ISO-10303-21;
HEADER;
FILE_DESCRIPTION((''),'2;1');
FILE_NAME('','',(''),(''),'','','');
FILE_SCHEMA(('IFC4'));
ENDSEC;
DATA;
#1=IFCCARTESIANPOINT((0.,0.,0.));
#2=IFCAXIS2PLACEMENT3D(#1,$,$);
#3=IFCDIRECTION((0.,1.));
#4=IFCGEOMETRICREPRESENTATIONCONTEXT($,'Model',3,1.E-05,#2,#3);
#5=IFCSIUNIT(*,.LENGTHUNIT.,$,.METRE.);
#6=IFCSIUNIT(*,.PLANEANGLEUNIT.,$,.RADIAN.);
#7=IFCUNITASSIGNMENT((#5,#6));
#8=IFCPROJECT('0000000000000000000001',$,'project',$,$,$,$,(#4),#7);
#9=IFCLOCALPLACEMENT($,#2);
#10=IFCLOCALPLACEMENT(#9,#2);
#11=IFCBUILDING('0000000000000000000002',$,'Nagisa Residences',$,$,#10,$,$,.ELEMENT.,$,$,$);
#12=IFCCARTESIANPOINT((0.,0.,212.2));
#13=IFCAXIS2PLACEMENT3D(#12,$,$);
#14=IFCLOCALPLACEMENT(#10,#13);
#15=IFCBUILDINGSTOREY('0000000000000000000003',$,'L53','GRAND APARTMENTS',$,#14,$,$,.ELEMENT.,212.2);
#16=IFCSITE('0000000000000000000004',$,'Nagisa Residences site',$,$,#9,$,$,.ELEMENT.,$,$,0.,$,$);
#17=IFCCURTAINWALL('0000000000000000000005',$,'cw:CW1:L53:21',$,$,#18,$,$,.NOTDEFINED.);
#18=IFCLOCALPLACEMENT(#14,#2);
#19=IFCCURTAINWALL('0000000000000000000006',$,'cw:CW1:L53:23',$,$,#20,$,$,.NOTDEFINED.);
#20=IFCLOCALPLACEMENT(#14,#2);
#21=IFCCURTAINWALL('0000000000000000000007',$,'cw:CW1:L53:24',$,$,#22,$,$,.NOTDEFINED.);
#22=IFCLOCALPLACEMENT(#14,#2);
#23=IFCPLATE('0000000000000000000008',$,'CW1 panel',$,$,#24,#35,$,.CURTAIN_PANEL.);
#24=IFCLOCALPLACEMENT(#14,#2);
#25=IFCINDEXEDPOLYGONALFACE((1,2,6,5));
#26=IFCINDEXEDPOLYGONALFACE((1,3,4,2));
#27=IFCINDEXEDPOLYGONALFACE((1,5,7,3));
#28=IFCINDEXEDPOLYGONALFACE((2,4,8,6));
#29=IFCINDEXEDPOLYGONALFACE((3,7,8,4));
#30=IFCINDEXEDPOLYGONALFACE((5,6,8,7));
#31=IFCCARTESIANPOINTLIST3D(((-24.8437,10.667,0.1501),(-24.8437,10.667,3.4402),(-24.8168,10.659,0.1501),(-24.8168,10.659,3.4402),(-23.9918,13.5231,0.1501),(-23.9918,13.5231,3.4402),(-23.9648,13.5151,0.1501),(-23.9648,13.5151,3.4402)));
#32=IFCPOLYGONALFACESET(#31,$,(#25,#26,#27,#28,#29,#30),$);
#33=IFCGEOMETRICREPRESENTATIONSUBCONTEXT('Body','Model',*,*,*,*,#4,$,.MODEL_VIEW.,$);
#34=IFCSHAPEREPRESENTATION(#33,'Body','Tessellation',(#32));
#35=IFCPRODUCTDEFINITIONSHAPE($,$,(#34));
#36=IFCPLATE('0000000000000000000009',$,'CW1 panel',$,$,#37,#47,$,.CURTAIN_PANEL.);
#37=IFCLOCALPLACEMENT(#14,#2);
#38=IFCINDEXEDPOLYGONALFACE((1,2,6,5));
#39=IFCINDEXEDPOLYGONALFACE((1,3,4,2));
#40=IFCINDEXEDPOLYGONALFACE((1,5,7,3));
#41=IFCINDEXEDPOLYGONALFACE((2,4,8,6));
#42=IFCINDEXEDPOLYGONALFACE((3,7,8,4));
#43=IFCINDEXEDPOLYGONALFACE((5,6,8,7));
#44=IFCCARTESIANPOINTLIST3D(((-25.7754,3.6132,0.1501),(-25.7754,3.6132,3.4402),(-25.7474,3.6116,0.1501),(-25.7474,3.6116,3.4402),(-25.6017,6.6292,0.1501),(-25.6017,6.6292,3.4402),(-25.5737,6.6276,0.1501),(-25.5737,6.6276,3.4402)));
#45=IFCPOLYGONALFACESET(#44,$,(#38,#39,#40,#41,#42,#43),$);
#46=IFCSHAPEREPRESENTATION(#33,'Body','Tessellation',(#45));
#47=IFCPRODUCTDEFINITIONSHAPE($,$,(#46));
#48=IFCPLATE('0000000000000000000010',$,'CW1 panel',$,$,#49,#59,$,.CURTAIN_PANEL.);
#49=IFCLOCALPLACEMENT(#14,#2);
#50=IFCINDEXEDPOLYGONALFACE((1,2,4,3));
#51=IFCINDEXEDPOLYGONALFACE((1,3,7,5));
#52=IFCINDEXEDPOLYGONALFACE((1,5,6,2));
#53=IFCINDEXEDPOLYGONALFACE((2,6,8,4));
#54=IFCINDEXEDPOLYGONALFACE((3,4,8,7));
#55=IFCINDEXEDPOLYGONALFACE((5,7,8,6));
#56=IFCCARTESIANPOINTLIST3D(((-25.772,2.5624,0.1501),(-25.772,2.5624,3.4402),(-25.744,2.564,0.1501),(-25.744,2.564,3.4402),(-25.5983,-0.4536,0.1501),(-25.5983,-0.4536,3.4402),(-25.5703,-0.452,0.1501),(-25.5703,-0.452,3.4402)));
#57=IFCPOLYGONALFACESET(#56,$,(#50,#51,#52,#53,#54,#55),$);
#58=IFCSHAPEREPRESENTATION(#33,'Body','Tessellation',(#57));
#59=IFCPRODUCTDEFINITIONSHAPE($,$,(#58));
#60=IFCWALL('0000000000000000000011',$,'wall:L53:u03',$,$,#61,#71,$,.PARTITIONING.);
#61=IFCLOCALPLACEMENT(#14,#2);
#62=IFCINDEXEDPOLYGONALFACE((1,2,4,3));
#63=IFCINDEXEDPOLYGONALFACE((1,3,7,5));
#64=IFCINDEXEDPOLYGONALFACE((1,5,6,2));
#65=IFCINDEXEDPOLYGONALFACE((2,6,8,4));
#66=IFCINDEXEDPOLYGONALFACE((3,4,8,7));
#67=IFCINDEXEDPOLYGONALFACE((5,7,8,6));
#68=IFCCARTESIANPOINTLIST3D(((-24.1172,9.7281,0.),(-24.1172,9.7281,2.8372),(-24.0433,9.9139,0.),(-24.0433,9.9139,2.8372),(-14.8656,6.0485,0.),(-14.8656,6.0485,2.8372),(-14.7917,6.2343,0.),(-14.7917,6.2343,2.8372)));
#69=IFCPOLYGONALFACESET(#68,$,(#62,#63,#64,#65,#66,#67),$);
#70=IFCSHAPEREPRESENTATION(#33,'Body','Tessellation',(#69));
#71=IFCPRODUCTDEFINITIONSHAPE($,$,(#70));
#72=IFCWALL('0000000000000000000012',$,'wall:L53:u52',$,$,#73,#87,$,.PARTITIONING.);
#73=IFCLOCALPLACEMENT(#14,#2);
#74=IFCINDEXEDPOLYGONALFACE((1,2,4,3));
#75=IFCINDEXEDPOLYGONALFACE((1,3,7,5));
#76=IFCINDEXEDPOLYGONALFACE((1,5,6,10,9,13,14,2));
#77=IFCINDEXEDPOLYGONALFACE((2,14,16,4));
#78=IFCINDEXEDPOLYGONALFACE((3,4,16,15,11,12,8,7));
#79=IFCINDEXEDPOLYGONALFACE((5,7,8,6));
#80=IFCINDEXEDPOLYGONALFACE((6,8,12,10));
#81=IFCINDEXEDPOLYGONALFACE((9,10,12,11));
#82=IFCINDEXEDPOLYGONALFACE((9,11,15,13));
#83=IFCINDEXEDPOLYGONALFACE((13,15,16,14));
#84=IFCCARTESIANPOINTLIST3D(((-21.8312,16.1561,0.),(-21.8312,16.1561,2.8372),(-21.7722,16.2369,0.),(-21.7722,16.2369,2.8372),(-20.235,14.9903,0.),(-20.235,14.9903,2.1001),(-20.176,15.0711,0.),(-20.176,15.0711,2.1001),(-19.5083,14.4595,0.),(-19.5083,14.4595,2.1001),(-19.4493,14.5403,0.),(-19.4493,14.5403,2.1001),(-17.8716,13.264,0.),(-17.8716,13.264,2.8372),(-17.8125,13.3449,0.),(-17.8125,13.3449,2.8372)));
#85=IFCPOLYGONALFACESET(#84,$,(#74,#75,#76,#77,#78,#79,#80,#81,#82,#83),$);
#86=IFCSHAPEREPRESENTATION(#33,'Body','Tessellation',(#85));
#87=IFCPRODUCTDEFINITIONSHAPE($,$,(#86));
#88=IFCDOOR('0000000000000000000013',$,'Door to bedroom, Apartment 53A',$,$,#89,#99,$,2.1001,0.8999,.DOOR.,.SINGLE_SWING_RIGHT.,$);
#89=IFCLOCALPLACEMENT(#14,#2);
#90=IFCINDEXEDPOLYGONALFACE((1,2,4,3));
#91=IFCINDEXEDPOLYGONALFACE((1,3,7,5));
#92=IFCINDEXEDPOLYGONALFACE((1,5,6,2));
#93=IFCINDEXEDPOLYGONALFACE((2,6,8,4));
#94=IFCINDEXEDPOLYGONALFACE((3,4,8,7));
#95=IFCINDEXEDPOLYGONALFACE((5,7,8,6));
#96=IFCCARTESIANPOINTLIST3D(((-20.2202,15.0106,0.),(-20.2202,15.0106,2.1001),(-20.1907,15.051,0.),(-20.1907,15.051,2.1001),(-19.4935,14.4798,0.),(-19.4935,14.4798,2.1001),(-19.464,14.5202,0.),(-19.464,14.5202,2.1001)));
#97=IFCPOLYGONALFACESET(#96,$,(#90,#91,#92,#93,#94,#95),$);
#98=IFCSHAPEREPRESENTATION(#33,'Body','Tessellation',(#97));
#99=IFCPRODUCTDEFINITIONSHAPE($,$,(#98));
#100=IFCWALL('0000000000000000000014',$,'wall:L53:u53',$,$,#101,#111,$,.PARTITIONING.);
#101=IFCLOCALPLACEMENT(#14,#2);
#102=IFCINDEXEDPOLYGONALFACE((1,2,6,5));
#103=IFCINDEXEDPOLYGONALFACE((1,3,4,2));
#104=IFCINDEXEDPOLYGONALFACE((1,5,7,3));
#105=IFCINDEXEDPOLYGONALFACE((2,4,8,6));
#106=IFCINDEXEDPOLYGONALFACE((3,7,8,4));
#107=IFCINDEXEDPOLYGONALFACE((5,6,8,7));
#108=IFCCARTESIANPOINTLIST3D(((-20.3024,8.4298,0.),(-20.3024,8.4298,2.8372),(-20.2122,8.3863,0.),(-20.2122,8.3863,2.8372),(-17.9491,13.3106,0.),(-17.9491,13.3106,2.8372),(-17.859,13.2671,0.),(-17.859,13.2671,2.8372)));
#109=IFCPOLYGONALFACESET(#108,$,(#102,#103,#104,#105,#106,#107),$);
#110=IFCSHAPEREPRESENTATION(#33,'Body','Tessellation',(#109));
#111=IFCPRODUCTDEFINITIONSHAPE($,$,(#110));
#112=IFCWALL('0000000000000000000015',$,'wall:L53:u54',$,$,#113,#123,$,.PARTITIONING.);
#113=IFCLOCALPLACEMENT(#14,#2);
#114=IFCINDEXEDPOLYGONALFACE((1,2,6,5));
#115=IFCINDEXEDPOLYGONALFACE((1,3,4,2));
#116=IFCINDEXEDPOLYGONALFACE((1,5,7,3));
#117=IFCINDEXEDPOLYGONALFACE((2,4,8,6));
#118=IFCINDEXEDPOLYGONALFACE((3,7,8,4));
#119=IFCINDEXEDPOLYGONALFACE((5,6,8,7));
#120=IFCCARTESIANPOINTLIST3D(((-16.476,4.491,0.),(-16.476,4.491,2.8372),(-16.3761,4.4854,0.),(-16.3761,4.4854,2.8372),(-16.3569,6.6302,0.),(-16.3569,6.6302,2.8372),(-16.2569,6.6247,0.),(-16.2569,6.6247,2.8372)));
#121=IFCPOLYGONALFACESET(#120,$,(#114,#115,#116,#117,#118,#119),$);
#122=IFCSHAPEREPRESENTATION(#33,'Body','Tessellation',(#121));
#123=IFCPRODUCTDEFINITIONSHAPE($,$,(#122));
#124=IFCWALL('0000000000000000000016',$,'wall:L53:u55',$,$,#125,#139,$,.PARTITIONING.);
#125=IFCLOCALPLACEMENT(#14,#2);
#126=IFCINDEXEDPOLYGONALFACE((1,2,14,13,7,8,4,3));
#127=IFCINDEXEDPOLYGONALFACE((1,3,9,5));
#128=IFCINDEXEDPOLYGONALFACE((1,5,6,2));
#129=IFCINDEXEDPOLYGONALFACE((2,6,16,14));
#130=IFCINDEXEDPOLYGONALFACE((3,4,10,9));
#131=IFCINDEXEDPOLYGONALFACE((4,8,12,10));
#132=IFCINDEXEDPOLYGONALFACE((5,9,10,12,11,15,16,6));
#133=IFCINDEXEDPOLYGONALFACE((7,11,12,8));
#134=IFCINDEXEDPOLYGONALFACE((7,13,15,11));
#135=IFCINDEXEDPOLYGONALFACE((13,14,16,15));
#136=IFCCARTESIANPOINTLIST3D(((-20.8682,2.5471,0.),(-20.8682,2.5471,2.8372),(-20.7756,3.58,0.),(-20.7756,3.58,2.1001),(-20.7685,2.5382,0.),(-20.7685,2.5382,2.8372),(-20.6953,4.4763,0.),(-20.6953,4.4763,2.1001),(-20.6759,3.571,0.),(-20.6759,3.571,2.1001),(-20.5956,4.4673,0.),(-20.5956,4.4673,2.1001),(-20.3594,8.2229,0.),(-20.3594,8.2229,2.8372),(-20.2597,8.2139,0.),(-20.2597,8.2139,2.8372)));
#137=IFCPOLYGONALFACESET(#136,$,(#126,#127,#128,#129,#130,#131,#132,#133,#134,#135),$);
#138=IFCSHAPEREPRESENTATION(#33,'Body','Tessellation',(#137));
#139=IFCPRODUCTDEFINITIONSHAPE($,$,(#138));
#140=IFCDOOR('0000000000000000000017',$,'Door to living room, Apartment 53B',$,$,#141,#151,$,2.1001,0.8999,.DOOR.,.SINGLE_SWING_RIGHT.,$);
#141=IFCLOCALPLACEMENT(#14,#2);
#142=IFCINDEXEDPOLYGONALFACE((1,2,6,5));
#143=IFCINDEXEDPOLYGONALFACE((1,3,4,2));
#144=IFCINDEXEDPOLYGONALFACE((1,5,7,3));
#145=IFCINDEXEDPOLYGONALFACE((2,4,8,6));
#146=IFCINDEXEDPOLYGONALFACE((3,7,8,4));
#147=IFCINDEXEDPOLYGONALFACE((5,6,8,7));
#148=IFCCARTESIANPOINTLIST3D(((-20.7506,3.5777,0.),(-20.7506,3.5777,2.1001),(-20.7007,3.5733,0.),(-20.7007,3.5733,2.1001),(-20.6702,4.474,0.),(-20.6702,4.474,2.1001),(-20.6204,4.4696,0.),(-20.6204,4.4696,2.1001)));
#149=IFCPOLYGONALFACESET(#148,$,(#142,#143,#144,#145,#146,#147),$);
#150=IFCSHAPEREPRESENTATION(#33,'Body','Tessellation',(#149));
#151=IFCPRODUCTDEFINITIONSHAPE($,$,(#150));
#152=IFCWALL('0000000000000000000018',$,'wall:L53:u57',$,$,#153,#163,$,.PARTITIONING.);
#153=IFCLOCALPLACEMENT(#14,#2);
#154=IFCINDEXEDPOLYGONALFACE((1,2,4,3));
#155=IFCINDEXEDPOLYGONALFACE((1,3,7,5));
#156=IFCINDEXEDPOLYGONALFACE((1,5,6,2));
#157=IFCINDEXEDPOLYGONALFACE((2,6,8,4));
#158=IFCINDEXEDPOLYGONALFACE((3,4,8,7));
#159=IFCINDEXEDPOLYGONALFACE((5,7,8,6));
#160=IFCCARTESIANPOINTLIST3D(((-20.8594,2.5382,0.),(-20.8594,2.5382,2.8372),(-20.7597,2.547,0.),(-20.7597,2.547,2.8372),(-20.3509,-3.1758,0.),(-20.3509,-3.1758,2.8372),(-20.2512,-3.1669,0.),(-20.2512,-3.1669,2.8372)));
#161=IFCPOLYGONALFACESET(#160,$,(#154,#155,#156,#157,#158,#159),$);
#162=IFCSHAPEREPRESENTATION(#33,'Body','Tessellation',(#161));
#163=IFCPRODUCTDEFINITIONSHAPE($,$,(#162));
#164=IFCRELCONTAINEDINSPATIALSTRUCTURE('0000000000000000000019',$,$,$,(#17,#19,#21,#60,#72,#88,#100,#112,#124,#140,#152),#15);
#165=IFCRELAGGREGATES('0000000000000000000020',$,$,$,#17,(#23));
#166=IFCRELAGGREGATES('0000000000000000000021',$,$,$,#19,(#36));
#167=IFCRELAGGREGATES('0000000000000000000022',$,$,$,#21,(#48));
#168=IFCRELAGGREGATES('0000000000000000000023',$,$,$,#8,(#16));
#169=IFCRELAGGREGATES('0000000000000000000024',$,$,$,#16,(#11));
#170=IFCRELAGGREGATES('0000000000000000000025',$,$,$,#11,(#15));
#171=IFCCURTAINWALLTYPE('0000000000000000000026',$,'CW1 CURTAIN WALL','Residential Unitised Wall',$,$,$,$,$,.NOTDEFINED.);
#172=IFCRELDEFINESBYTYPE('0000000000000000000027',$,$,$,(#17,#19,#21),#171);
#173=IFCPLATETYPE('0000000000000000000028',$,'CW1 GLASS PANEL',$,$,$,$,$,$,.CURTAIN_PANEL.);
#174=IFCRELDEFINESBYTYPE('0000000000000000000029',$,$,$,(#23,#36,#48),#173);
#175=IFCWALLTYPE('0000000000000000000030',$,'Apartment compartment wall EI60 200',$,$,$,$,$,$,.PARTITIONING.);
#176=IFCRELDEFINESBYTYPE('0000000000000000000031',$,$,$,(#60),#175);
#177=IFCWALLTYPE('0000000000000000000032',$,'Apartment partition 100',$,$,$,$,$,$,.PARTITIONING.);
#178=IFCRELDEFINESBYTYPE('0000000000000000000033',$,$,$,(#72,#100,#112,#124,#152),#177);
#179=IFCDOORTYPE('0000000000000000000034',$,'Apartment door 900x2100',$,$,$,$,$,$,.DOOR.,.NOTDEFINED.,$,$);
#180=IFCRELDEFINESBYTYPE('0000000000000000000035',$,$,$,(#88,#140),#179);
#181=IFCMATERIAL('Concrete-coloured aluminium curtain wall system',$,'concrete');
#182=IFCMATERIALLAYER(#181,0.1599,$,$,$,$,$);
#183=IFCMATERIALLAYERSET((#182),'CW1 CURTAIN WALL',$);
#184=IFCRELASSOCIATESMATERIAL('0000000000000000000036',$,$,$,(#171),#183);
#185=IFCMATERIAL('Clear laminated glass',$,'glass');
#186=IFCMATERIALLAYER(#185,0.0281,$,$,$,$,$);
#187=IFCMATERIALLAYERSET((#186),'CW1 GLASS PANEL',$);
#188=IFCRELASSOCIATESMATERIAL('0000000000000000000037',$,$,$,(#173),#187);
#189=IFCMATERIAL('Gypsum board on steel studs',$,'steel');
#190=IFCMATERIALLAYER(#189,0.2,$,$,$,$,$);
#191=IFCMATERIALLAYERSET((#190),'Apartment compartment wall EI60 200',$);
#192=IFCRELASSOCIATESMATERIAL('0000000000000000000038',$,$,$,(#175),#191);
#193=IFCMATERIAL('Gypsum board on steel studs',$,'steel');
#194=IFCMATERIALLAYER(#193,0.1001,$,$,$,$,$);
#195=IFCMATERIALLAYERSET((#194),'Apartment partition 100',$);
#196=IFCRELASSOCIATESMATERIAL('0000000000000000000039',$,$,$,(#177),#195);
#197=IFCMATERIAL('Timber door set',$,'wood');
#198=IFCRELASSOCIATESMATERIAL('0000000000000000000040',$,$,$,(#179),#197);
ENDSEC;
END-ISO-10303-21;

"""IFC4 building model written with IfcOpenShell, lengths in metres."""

from ifc_helpers import new_model, si_unit, direction, frame, frame_2d, origin, origin_2d, place, context, subcontext, project, spatial, rectangle, extrude, material, layer, layer_set, type_object, element, fill, aggregate, save


model = new_model("IFC4")

# Units and contexts
model_context = context("Model", 3, precision=1e-05, world=origin(), true_north=direction((0.0, 1.0)))
body_context = subcontext(model_context, "Body", "Model", "MODEL_VIEW")
ifc_project = project(units=[si_unit("LENGTHUNIT", "METRE"), si_unit("PLANEANGLEUNIT", "RADIAN")], contexts=[model_context])

# Site, building, storey
site_placement = place(None, origin())
site = spatial("IfcSite", under=ifc_project, at=site_placement, Name="Nagisa Residences site", CompositionType="ELEMENT", RefElevation=0.0)
building_placement = place(site_placement, origin())
building = spatial("IfcBuilding", under=site, at=building_placement, Name="Nagisa Residences", CompositionType="ELEMENT")
storey_placement = place(building_placement, frame((0.0, 0.0, 212.2)))
storey = spatial("IfcBuildingStorey", under=building, at=storey_placement, Name="L53", Description="GRAND APARTMENTS", CompositionType="ELEMENT", Elevation=212.2)

# Curtain walls
ifc_material_1 = material(Name="Concrete-coloured aluminium curtain wall system", Category="concrete")
ifc_layer_1 = layer(ifc_material_1, 0.1599)
ifc_layer_set_1 = layer_set([ifc_layer_1], Name="CW1 CURTAIN WALL")
curtain_wall_type = type_object("IfcCurtainWallType", Name="CW1 CURTAIN WALL", Description="Residential Unitised Wall", PredefinedType="NOTDEFINED", material=ifc_layer_set_1)
curtain_wall_1_placement = place(storey_placement, origin())
curtain_wall_1 = element("IfcCurtainWall", 1, at=curtain_wall_1_placement, inside=storey, type_object=curtain_wall_type, Name="cw:CW1:L53:21", PredefinedType="NOTDEFINED")
curtain_wall_2_placement = place(storey_placement, origin())
curtain_wall_2 = element("IfcCurtainWall", 2, at=curtain_wall_2_placement, inside=storey, type_object=curtain_wall_type, Name="cw:CW1:L53:23", PredefinedType="NOTDEFINED")
curtain_wall_3_placement = place(storey_placement, origin())
curtain_wall_3 = element("IfcCurtainWall", 3, at=curtain_wall_3_placement, inside=storey, type_object=curtain_wall_type, Name="cw:CW1:L53:24", PredefinedType="NOTDEFINED")

# Plates
ifc_material_2 = material(Name="Clear laminated glass", Category="glass")
ifc_layer_2 = layer(ifc_material_2, 0.0281)
ifc_layer_set_2 = layer_set([ifc_layer_2], Name="CW1 GLASS PANEL")
plate_type = type_object("IfcPlateType", Name="CW1 GLASS PANEL", PredefinedType="CURTAIN_PANEL", material=ifc_layer_set_2)
plate_1_placement = place(storey_placement, frame((-24.4043, 12.0911, 0.1501), z_axis=(0.0, 0.0, 1.0), x_axis=(-0.28586, -0.958271, 0.0)))
plate_1 = element("IfcPlate", 4, at=plate_1_placement, type_object=plate_type, Name="CW1 panel", PredefinedType="CURTAIN_PANEL", context=body_context, shape_type="SweptSolid", body=[
    extrude(rectangle(XDim=2.9805, YDim=0.0281, at=origin_2d()), origin(), (0.0, 0.0, 1.0), 3.29),
])
aggregate(curtain_wall_1, [plate_1])
plate_2_placement = place(storey_placement, frame((-25.6746, 5.1204, 0.1501), z_axis=(0.0, 0.0, 1.0), x_axis=(-0.057503, -0.998345, 0.0)))
plate_2 = element("IfcPlate", 5, at=plate_2_placement, type_object=plate_type, Name="CW1 panel", PredefinedType="CURTAIN_PANEL", context=body_context, shape_type="SweptSolid", body=[
    extrude(rectangle(XDim=3.021, YDim=0.0281, at=origin_2d()), origin(), (0.0, 0.0, 1.0), 3.29),
])
aggregate(curtain_wall_2, [plate_2])
plate_3_placement = place(storey_placement, frame((-25.6711, 1.0552, 0.1501), z_axis=(0.0, 0.0, 1.0), x_axis=(0.057503, -0.998345, 0.0)))
plate_3 = element("IfcPlate", 6, at=plate_3_placement, type_object=plate_type, Name="CW1 panel", PredefinedType="CURTAIN_PANEL", context=body_context, shape_type="SweptSolid", body=[
    extrude(rectangle(XDim=3.021, YDim=0.0281, at=origin_2d()), origin(), (0.0, 0.0, 1.0), 3.29),
])
aggregate(curtain_wall_3, [plate_3])

# Wall
ifc_material_3 = material(Name="Gypsum board on steel studs", Category="steel")
ifc_layer_3 = layer(ifc_material_3, 0.2)
ifc_layer_set_3 = layer_set([ifc_layer_3], Name="Apartment compartment wall EI60 200")
wall_type_1 = type_object("IfcWallType", Name="Apartment compartment wall EI60 200", PredefinedType="PARTITIONING", material=ifc_layer_set_3)
wall_1_placement = place(storey_placement, frame((-14.8286, 6.1414, 0.0), z_axis=(0.0, 0.0, 1.0), x_axis=(-0.929202, 0.369572, 0.0)))
element("IfcWall", 7, at=wall_1_placement, inside=storey, type_object=wall_type_1, Name="wall:L53:u03", PredefinedType="PARTITIONING", context=body_context, shape_type="SweptSolid", body=[
    extrude(rectangle(XDim=9.9565, YDim=0.2, at=frame_2d((4.9783, 0.0))), origin(), (0.0, 0.0, 1.0), 2.8372),
])

# Wall, opening, door
ifc_material_4 = material(Name="Gypsum board on steel studs", Category="steel")
ifc_layer_4 = layer(ifc_material_4, 0.1001)
ifc_layer_set_4 = layer_set([ifc_layer_4], Name="Apartment partition 100")
wall_type_2 = type_object("IfcWallType", Name="Apartment partition 100", PredefinedType="PARTITIONING", material=ifc_layer_set_4)
wall_2_placement = place(storey_placement, frame((-17.842, 13.3044, 0.0), z_axis=(0.0, 0.0, 1.0), x_axis=(-0.807542, 0.589811, 0.0)))
wall_2 = element("IfcWall", 8, at=wall_2_placement, inside=storey, type_object=wall_type_2, Name="wall:L53:u52", PredefinedType="PARTITIONING", context=body_context, shape_type="SweptSolid", body=[
    extrude(rectangle(XDim=4.9033, YDim=0.1001, at=frame_2d((2.4517, 0.0))), origin(), (0.0, 0.0, 1.0), 2.8372),
])
opening_1_placement = place(wall_2_placement, frame((2.0269, 0.0, 0.0)))
opening_1 = element("IfcOpeningElement", 9, at=opening_1_placement, cuts=wall_2, PredefinedType="OPENING", context=body_context, shape_type="SweptSolid", body=[
    extrude(rectangle(XDim=0.8999, YDim=2.1001, at=frame_2d((0.45, 1.05))), frame((0.0, 0.0601, 0.0), z_axis=(0.0, -1.0, 0.0), x_axis=(1.0, 0.0, 0.0)), (0.0, 0.0, 1.0), 0.1201),
])
ifc_material_5 = material(Name="Timber door set", Category="wood")
door_type_1 = type_object("IfcDoorType", Name="Apartment door 900x2100", OperationType="NOTDEFINED", PredefinedType="DOOR", material=ifc_material_5)
door_1_placement = place(opening_1_placement, origin())
door_1 = element("IfcDoor", 10, at=door_1_placement, inside=storey, type_object=door_type_1, Name="Door to bedroom, Apartment 53A", OperationType="SINGLE_SWING_RIGHT", OverallHeight=2.1001, OverallWidth=0.8999, PredefinedType="DOOR", context=body_context, shape_type="SweptSolid", body=[
    extrude(rectangle(XDim=0.8999, YDim=2.1001, at=frame_2d((0.45, 1.05))), frame((0.0, 0.0249, 0.0), z_axis=(0.0, -1.0, 0.0), x_axis=(1.0, 0.0, 0.0)), (0.0, 0.0, 1.0), 0.05),
])
fill(opening_1, door_1)

# Walls
wall_3_placement = place(storey_placement, frame((-17.9041, 13.2888, 0.0), z_axis=(0.0, 0.0, 1.0), x_axis=(-0.434299, -0.900769, 0.0)))
element("IfcWall", 11, at=wall_3_placement, inside=storey, type_object=wall_type_2, Name="wall:L53:u53", PredefinedType="PARTITIONING", context=body_context, shape_type="SweptSolid", body=[
    extrude(rectangle(XDim=5.4185, YDim=0.1001, at=frame_2d((2.7092, 0.0))), origin(), (0.0, 0.0, 1.0), 2.8372),
])
wall_4_placement = place(storey_placement, frame((-16.3069, 6.6274, 0.0), z_axis=(0.0, 0.0, 1.0), x_axis=(-0.055609, -0.998453, 0.0)))
element("IfcWall", 12, at=wall_4_placement, inside=storey, type_object=wall_type_2, Name="wall:L53:u54", PredefinedType="PARTITIONING", context=body_context, shape_type="SweptSolid", body=[
    extrude(rectangle(XDim=2.1426, YDim=0.1001, at=frame_2d((1.0713, 0.0))), origin(), (0.0, 0.0, 1.0), 2.8372),
])

# Wall, opening, door
wall_5_placement = place(storey_placement, frame((-20.3096, 8.2183, 0.0), z_axis=(0.0, 0.0, 1.0), x_axis=(-0.089284, -0.996006, 0.0)))
wall_5 = element("IfcWall", 13, at=wall_5_placement, inside=storey, type_object=wall_type_2, Name="wall:L53:u55", PredefinedType="PARTITIONING", context=body_context, shape_type="SweptSolid", body=[
    extrude(rectangle(XDim=5.6985, YDim=0.1001, at=frame_2d((2.8491, 0.0))), origin(), (0.0, 0.0, 1.0), 2.8372),
])
opening_2_placement = place(wall_5_placement, frame((3.7615, 0.0, 0.0)))
opening_2 = element("IfcOpeningElement", 14, at=opening_2_placement, cuts=wall_5, PredefinedType="OPENING", context=body_context, shape_type="SweptSolid", body=[
    extrude(rectangle(XDim=0.8999, YDim=2.1001, at=frame_2d((0.45, 1.05))), frame((0.0, 0.0601, 0.0), z_axis=(0.0, -1.0, 0.0), x_axis=(1.0, 0.0, 0.0)), (0.0, 0.0, 1.0), 0.1201),
])
door_2_placement = place(opening_2_placement, frame((0.8999, 0.0, 0.0), x_axis=(-1.0, 0.0, 0.0)))
door_2 = element("IfcDoor", 15, at=door_2_placement, inside=storey, type_object=door_type_1, Name="Door to living room, Apartment 53B", OperationType="SINGLE_SWING_RIGHT", OverallHeight=2.1001, OverallWidth=0.8999, PredefinedType="DOOR", context=body_context, shape_type="SweptSolid", body=[
    extrude(rectangle(XDim=0.8999, YDim=2.1001, at=frame_2d((0.45, 1.05))), frame((0.0, 0.0249, 0.0), z_axis=(0.0, -1.0, 0.0), x_axis=(1.0, 0.0, 0.0)), (0.0, 0.0, 1.0), 0.05),
])
fill(opening_2, door_2)

# Wall
wall_6_placement = place(storey_placement, frame((-20.8096, 2.5425, 0.0), z_axis=(0.0, 0.0, 1.0), x_axis=(0.088651, -0.996063, 0.0)))
element("IfcWall", 16, at=wall_6_placement, inside=storey, type_object=wall_type_2, Name="wall:L53:u57", PredefinedType="PARTITIONING", context=body_context, shape_type="SweptSolid", body=[
    extrude(rectangle(XDim=5.7366, YDim=0.1001, at=frame_2d((2.8682, 0.0))), origin(), (0.0, 0.0, 1.0), 2.8372),
])

save(model, "model.ifc")
